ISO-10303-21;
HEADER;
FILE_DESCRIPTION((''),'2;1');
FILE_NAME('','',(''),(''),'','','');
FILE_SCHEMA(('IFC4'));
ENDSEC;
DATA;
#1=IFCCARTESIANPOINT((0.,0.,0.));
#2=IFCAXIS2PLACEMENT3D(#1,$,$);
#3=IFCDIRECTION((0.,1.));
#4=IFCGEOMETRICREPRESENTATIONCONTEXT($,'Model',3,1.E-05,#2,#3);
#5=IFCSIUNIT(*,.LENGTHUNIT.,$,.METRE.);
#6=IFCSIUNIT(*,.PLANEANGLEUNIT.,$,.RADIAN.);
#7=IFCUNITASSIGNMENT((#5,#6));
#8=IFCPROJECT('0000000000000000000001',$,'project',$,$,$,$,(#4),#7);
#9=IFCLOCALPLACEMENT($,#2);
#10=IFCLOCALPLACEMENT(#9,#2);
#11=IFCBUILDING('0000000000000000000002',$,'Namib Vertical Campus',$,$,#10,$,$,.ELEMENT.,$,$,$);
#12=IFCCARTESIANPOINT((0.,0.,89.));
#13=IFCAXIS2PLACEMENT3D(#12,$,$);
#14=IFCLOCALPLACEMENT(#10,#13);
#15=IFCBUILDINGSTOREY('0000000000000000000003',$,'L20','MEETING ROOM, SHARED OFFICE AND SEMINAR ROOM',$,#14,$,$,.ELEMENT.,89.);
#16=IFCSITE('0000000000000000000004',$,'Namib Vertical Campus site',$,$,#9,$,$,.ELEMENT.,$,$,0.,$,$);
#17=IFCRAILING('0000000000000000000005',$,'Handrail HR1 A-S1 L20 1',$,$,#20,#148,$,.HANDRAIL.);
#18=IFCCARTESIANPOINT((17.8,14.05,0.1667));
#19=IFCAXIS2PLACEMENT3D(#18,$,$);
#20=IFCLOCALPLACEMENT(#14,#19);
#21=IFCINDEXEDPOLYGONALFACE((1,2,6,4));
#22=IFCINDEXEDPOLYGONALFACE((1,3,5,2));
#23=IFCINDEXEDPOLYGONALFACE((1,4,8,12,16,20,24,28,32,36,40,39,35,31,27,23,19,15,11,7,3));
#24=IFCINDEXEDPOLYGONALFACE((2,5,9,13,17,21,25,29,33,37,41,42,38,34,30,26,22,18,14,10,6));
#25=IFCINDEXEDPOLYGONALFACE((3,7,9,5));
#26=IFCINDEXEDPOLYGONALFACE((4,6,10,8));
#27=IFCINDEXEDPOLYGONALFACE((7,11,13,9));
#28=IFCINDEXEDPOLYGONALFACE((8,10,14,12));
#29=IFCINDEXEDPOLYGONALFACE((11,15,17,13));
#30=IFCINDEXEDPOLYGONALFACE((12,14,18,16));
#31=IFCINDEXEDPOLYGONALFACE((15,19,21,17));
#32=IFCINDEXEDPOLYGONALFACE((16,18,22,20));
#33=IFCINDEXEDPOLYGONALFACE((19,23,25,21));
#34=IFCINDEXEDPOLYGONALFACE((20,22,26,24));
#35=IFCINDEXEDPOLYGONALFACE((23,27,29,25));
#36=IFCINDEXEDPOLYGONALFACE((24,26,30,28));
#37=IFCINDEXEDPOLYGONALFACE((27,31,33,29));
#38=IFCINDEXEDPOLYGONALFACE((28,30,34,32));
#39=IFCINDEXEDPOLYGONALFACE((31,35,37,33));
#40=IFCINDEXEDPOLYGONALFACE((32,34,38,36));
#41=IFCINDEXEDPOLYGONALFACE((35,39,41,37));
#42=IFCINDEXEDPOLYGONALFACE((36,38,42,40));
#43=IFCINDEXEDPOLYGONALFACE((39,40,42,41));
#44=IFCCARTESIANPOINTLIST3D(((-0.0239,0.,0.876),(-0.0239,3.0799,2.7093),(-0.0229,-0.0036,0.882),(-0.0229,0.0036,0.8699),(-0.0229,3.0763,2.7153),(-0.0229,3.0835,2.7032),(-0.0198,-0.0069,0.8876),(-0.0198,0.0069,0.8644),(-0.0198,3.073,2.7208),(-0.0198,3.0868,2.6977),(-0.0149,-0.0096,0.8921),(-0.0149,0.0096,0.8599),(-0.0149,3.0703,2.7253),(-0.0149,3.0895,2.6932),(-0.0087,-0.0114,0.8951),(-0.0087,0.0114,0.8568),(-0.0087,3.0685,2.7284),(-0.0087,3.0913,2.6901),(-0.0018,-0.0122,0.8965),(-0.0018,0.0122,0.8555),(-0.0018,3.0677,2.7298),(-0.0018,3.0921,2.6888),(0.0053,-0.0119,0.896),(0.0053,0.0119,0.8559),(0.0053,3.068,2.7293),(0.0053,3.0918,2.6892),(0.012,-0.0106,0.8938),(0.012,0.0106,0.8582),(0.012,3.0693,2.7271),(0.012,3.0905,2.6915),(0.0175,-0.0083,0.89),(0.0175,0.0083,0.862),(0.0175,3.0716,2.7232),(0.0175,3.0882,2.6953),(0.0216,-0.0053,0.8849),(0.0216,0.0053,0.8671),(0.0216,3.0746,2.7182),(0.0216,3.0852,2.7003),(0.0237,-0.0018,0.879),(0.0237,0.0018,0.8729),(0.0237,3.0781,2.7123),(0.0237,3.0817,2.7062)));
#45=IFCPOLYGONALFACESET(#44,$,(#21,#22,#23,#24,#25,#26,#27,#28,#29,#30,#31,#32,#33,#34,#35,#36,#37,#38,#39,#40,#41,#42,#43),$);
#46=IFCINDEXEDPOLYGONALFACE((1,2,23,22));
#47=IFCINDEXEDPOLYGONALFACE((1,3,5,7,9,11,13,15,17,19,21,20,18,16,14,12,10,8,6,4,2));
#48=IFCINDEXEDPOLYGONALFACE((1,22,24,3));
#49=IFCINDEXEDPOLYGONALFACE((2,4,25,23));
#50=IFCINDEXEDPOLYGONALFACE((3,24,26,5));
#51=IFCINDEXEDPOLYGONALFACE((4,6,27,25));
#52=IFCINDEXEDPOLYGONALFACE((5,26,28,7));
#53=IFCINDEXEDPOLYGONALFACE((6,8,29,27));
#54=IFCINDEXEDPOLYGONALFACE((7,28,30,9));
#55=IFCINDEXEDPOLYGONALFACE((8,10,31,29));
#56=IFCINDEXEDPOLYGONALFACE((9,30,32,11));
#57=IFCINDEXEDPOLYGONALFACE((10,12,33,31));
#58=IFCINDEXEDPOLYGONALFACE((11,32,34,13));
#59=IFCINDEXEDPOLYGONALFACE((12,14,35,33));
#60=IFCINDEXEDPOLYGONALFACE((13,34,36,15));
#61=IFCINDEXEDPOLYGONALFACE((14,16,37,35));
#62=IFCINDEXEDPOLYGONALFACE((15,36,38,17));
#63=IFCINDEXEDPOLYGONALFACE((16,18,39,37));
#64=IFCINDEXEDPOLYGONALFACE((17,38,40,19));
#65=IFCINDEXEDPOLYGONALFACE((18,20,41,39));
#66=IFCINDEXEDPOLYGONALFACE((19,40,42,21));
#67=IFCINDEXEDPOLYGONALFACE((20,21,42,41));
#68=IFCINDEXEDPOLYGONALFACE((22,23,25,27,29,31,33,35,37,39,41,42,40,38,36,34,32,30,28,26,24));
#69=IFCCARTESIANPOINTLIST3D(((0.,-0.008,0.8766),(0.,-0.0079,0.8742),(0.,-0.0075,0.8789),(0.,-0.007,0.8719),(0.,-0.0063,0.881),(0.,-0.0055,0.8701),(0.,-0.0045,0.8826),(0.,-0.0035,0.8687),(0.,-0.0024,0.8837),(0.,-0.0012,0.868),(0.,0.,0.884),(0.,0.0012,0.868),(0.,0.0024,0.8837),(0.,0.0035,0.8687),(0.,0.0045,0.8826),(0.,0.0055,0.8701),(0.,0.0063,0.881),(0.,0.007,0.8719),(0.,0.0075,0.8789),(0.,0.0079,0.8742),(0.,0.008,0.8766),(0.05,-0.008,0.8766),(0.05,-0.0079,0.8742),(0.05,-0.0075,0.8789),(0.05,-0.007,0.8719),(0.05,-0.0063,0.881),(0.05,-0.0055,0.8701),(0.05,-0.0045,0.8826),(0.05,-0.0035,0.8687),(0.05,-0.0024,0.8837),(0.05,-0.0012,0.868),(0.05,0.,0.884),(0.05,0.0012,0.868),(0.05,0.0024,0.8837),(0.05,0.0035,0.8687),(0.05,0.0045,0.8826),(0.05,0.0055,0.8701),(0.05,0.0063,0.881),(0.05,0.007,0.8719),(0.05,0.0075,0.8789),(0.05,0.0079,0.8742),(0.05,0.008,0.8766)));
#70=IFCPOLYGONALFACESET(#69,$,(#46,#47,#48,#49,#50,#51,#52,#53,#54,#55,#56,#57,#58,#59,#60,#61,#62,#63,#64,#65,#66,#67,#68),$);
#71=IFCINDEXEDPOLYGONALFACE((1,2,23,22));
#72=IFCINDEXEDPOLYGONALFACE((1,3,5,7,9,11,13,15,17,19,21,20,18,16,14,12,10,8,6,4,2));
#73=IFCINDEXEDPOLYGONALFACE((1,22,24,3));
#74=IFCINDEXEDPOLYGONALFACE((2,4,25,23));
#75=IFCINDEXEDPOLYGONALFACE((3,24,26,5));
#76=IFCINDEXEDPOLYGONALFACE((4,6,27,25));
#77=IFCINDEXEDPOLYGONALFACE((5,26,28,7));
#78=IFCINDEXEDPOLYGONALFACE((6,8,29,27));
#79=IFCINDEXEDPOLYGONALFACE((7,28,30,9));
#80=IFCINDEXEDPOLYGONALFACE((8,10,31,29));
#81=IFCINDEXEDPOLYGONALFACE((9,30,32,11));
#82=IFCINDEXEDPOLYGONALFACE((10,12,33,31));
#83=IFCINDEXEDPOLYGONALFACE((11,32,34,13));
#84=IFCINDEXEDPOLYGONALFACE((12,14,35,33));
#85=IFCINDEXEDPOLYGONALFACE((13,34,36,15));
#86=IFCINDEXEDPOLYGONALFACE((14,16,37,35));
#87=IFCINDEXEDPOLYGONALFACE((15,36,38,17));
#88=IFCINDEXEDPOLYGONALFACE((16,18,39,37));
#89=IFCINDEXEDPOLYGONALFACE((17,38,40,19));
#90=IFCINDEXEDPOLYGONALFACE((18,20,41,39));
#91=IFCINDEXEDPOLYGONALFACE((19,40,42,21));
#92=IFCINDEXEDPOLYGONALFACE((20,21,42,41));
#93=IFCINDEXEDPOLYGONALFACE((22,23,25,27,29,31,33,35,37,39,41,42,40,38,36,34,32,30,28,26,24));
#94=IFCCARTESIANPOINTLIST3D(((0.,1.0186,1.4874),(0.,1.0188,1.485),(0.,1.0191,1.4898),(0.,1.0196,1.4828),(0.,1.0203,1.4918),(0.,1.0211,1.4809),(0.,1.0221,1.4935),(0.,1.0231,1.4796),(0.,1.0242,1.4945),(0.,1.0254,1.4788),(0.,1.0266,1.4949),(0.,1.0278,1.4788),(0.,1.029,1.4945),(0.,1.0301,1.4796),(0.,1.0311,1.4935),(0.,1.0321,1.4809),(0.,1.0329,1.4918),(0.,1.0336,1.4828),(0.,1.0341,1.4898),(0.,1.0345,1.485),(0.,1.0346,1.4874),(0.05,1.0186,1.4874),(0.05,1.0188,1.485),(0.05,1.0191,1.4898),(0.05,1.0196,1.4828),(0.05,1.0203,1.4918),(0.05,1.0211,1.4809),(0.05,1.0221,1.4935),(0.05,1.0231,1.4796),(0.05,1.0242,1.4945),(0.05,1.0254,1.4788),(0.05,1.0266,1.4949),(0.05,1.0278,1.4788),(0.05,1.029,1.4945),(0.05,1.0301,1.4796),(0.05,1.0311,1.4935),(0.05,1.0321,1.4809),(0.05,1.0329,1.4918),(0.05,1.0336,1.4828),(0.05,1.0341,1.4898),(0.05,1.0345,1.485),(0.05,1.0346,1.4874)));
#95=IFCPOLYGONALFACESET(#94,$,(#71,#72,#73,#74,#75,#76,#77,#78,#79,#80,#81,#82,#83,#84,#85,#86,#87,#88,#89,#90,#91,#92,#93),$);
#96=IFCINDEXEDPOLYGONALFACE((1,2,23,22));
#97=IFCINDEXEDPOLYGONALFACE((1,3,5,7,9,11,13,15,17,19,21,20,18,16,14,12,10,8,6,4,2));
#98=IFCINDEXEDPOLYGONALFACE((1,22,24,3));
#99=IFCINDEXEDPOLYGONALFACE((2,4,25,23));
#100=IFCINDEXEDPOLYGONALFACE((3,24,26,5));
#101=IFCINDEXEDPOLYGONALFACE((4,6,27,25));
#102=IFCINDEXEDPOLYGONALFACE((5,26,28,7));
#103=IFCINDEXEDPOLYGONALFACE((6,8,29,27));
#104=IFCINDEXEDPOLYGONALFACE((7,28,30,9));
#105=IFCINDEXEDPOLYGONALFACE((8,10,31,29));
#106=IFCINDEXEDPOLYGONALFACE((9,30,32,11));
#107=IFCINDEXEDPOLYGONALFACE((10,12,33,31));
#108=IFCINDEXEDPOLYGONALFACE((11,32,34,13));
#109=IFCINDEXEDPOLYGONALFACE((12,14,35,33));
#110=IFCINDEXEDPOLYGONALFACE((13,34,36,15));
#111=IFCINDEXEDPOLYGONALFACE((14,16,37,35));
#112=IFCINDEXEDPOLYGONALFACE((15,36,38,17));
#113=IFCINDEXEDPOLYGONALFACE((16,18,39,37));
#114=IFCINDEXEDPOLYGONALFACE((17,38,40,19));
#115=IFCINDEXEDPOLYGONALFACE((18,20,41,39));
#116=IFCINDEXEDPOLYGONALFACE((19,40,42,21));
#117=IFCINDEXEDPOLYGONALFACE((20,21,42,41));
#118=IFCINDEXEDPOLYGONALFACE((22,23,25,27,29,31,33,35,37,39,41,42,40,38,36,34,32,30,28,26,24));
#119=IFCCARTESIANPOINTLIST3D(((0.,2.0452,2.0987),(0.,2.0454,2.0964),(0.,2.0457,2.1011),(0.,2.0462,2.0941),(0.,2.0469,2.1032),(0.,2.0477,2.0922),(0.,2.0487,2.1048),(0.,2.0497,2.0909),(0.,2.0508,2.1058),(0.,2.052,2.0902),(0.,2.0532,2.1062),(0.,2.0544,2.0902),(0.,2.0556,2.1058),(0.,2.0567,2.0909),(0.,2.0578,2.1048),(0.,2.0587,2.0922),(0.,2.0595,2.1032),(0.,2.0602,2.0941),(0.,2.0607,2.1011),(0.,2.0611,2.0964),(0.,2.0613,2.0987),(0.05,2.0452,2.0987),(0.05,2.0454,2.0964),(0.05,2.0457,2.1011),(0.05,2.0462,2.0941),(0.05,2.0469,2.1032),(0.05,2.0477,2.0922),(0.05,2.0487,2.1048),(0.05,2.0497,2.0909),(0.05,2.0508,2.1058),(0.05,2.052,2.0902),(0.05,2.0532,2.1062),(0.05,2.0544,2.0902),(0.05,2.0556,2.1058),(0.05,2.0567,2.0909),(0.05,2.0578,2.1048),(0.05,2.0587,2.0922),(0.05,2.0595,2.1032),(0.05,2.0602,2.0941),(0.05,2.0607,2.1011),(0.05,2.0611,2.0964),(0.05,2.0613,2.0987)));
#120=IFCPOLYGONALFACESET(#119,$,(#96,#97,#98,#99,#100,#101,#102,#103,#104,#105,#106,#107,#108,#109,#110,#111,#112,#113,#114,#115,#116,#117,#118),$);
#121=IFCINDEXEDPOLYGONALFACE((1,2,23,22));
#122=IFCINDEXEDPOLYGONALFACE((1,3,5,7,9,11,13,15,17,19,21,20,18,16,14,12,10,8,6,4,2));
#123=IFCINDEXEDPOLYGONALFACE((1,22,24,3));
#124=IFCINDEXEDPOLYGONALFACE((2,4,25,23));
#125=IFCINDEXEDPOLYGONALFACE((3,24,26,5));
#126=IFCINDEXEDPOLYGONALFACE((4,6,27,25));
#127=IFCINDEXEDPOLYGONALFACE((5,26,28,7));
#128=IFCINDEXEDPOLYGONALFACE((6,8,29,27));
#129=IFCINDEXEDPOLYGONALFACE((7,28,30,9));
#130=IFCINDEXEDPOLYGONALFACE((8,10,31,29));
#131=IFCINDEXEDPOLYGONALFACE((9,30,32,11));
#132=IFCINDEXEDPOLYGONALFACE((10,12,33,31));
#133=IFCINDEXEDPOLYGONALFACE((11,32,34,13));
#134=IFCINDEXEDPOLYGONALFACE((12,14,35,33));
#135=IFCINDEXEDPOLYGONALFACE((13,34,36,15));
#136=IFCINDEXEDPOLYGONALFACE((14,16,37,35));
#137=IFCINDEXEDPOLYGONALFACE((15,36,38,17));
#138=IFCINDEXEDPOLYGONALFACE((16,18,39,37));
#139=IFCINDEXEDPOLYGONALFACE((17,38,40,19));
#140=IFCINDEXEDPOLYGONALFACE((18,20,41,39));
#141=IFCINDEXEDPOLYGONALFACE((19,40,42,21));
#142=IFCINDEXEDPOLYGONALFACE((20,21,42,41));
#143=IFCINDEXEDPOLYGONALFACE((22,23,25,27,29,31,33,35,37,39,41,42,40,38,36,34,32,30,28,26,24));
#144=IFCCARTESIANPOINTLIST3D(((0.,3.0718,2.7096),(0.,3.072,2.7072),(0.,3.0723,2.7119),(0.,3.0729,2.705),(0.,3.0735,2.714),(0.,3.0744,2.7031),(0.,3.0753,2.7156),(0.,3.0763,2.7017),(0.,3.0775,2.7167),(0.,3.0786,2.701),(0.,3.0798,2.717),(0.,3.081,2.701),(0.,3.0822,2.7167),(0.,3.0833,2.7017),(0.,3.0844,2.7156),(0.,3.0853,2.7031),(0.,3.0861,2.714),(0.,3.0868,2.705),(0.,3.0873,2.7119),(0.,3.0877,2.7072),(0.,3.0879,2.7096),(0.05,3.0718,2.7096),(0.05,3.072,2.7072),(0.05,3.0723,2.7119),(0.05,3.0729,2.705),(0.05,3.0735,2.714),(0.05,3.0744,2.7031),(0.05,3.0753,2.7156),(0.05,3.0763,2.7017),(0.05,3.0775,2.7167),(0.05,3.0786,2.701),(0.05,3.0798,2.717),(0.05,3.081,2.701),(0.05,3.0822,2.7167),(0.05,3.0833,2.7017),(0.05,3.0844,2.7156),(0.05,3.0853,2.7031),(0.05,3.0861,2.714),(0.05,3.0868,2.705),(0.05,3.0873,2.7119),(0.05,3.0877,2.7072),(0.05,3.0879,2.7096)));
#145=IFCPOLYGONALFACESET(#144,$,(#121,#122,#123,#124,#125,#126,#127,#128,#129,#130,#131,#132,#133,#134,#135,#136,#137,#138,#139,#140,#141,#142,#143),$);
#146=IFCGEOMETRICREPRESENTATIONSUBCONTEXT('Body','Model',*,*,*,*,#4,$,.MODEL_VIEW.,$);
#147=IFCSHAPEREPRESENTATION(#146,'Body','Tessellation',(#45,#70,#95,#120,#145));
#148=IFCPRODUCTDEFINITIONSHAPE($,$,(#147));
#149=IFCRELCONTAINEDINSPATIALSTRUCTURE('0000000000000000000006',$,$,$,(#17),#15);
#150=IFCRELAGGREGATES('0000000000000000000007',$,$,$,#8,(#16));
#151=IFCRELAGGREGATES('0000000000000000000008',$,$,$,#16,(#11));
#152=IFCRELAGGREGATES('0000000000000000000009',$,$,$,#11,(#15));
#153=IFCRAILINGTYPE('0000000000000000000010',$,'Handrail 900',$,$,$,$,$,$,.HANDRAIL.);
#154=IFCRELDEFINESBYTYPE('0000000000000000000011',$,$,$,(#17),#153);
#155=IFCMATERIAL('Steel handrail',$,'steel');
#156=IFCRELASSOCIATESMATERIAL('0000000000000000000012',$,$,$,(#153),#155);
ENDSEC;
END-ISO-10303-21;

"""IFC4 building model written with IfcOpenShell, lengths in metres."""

from ifc_helpers import new_model, si_unit, direction, frame, origin, origin_2d, place, context, subcontext, project, spatial, circle, extrude, material, type_object, element, save


model = new_model("IFC4")

# Units and contexts
model_context = context("Model", 3, precision=1e-05, world=origin(), true_north=direction((0.0, 1.0)))
body_context = subcontext(model_context, "Body", "Model", "MODEL_VIEW")
ifc_project = project(units=[si_unit("LENGTHUNIT", "METRE"), si_unit("PLANEANGLEUNIT", "RADIAN")], contexts=[model_context])

# Site, building, storey
site_placement = place(None, origin())
site = spatial("IfcSite", under=ifc_project, at=site_placement, Name="Namib Vertical Campus site", CompositionType="ELEMENT", RefElevation=0.0)
building_placement = place(site_placement, origin())
building = spatial("IfcBuilding", under=site, at=building_placement, Name="Namib Vertical Campus", CompositionType="ELEMENT")
storey_placement = place(building_placement, frame((0.0, 0.0, 89.0)))
storey = spatial("IfcBuildingStorey", under=building, at=storey_placement, Name="L20", Description="MEETING ROOM, SHARED OFFICE AND SEMINAR ROOM", CompositionType="ELEMENT", Elevation=89.0)

# Railing
ifc_material_1 = material(Name="Steel handrail", Category="steel")
railing_type_1 = type_object("IfcRailingType", Name="Handrail 900", PredefinedType="HANDRAIL", material=ifc_material_1)
railing_1_placement = place(storey_placement, frame((17.8, 14.05, 0.1667)))
element("IfcRailing", 1, at=railing_1_placement, inside=storey, type_object=railing_type_1, Name="Handrail HR1 A-S1 L20 1", PredefinedType="HANDRAIL", context=body_context, shape_type="SweptSolid", body=[
    extrude(circle(Radius=0.0239, at=origin_2d()), frame((0.0, 0.0, 0.876), z_axis=(0.0, 0.859291, 0.511487), x_axis=(-1.0, 0.0, 0.0)), (0.0, 0.0, 1.0), 3.5842),
    extrude(circle(Radius=0.0081, at=origin_2d()), frame((0.0, 0.0, 0.876), z_axis=(1.0, 0.0, 0.0), x_axis=(0.0, 0.0, 1.0)), (0.0, 0.0, 1.0), 0.05),
    extrude(circle(Radius=0.0081, at=origin_2d()), frame((0.0, 1.0266, 1.4868), z_axis=(1.0, 0.0, 0.0), x_axis=(0.0, 0.0, 1.0)), (0.0, 0.0, 1.0), 0.05),
    extrude(circle(Radius=0.0081, at=origin_2d()), frame((0.0, 2.0532, 2.0981), z_axis=(1.0, 0.0, 0.0), x_axis=(0.0, 0.0, 1.0)), (0.0, 0.0, 1.0), 0.05),
    extrude(circle(Radius=0.0081, at=origin_2d()), frame((0.0, 3.0798, 2.709), z_axis=(1.0, 0.0, 0.0), x_axis=(0.0, 0.0, 1.0)), (0.0, 0.0, 1.0), 0.05),
])

save(model, "model.ifc")
